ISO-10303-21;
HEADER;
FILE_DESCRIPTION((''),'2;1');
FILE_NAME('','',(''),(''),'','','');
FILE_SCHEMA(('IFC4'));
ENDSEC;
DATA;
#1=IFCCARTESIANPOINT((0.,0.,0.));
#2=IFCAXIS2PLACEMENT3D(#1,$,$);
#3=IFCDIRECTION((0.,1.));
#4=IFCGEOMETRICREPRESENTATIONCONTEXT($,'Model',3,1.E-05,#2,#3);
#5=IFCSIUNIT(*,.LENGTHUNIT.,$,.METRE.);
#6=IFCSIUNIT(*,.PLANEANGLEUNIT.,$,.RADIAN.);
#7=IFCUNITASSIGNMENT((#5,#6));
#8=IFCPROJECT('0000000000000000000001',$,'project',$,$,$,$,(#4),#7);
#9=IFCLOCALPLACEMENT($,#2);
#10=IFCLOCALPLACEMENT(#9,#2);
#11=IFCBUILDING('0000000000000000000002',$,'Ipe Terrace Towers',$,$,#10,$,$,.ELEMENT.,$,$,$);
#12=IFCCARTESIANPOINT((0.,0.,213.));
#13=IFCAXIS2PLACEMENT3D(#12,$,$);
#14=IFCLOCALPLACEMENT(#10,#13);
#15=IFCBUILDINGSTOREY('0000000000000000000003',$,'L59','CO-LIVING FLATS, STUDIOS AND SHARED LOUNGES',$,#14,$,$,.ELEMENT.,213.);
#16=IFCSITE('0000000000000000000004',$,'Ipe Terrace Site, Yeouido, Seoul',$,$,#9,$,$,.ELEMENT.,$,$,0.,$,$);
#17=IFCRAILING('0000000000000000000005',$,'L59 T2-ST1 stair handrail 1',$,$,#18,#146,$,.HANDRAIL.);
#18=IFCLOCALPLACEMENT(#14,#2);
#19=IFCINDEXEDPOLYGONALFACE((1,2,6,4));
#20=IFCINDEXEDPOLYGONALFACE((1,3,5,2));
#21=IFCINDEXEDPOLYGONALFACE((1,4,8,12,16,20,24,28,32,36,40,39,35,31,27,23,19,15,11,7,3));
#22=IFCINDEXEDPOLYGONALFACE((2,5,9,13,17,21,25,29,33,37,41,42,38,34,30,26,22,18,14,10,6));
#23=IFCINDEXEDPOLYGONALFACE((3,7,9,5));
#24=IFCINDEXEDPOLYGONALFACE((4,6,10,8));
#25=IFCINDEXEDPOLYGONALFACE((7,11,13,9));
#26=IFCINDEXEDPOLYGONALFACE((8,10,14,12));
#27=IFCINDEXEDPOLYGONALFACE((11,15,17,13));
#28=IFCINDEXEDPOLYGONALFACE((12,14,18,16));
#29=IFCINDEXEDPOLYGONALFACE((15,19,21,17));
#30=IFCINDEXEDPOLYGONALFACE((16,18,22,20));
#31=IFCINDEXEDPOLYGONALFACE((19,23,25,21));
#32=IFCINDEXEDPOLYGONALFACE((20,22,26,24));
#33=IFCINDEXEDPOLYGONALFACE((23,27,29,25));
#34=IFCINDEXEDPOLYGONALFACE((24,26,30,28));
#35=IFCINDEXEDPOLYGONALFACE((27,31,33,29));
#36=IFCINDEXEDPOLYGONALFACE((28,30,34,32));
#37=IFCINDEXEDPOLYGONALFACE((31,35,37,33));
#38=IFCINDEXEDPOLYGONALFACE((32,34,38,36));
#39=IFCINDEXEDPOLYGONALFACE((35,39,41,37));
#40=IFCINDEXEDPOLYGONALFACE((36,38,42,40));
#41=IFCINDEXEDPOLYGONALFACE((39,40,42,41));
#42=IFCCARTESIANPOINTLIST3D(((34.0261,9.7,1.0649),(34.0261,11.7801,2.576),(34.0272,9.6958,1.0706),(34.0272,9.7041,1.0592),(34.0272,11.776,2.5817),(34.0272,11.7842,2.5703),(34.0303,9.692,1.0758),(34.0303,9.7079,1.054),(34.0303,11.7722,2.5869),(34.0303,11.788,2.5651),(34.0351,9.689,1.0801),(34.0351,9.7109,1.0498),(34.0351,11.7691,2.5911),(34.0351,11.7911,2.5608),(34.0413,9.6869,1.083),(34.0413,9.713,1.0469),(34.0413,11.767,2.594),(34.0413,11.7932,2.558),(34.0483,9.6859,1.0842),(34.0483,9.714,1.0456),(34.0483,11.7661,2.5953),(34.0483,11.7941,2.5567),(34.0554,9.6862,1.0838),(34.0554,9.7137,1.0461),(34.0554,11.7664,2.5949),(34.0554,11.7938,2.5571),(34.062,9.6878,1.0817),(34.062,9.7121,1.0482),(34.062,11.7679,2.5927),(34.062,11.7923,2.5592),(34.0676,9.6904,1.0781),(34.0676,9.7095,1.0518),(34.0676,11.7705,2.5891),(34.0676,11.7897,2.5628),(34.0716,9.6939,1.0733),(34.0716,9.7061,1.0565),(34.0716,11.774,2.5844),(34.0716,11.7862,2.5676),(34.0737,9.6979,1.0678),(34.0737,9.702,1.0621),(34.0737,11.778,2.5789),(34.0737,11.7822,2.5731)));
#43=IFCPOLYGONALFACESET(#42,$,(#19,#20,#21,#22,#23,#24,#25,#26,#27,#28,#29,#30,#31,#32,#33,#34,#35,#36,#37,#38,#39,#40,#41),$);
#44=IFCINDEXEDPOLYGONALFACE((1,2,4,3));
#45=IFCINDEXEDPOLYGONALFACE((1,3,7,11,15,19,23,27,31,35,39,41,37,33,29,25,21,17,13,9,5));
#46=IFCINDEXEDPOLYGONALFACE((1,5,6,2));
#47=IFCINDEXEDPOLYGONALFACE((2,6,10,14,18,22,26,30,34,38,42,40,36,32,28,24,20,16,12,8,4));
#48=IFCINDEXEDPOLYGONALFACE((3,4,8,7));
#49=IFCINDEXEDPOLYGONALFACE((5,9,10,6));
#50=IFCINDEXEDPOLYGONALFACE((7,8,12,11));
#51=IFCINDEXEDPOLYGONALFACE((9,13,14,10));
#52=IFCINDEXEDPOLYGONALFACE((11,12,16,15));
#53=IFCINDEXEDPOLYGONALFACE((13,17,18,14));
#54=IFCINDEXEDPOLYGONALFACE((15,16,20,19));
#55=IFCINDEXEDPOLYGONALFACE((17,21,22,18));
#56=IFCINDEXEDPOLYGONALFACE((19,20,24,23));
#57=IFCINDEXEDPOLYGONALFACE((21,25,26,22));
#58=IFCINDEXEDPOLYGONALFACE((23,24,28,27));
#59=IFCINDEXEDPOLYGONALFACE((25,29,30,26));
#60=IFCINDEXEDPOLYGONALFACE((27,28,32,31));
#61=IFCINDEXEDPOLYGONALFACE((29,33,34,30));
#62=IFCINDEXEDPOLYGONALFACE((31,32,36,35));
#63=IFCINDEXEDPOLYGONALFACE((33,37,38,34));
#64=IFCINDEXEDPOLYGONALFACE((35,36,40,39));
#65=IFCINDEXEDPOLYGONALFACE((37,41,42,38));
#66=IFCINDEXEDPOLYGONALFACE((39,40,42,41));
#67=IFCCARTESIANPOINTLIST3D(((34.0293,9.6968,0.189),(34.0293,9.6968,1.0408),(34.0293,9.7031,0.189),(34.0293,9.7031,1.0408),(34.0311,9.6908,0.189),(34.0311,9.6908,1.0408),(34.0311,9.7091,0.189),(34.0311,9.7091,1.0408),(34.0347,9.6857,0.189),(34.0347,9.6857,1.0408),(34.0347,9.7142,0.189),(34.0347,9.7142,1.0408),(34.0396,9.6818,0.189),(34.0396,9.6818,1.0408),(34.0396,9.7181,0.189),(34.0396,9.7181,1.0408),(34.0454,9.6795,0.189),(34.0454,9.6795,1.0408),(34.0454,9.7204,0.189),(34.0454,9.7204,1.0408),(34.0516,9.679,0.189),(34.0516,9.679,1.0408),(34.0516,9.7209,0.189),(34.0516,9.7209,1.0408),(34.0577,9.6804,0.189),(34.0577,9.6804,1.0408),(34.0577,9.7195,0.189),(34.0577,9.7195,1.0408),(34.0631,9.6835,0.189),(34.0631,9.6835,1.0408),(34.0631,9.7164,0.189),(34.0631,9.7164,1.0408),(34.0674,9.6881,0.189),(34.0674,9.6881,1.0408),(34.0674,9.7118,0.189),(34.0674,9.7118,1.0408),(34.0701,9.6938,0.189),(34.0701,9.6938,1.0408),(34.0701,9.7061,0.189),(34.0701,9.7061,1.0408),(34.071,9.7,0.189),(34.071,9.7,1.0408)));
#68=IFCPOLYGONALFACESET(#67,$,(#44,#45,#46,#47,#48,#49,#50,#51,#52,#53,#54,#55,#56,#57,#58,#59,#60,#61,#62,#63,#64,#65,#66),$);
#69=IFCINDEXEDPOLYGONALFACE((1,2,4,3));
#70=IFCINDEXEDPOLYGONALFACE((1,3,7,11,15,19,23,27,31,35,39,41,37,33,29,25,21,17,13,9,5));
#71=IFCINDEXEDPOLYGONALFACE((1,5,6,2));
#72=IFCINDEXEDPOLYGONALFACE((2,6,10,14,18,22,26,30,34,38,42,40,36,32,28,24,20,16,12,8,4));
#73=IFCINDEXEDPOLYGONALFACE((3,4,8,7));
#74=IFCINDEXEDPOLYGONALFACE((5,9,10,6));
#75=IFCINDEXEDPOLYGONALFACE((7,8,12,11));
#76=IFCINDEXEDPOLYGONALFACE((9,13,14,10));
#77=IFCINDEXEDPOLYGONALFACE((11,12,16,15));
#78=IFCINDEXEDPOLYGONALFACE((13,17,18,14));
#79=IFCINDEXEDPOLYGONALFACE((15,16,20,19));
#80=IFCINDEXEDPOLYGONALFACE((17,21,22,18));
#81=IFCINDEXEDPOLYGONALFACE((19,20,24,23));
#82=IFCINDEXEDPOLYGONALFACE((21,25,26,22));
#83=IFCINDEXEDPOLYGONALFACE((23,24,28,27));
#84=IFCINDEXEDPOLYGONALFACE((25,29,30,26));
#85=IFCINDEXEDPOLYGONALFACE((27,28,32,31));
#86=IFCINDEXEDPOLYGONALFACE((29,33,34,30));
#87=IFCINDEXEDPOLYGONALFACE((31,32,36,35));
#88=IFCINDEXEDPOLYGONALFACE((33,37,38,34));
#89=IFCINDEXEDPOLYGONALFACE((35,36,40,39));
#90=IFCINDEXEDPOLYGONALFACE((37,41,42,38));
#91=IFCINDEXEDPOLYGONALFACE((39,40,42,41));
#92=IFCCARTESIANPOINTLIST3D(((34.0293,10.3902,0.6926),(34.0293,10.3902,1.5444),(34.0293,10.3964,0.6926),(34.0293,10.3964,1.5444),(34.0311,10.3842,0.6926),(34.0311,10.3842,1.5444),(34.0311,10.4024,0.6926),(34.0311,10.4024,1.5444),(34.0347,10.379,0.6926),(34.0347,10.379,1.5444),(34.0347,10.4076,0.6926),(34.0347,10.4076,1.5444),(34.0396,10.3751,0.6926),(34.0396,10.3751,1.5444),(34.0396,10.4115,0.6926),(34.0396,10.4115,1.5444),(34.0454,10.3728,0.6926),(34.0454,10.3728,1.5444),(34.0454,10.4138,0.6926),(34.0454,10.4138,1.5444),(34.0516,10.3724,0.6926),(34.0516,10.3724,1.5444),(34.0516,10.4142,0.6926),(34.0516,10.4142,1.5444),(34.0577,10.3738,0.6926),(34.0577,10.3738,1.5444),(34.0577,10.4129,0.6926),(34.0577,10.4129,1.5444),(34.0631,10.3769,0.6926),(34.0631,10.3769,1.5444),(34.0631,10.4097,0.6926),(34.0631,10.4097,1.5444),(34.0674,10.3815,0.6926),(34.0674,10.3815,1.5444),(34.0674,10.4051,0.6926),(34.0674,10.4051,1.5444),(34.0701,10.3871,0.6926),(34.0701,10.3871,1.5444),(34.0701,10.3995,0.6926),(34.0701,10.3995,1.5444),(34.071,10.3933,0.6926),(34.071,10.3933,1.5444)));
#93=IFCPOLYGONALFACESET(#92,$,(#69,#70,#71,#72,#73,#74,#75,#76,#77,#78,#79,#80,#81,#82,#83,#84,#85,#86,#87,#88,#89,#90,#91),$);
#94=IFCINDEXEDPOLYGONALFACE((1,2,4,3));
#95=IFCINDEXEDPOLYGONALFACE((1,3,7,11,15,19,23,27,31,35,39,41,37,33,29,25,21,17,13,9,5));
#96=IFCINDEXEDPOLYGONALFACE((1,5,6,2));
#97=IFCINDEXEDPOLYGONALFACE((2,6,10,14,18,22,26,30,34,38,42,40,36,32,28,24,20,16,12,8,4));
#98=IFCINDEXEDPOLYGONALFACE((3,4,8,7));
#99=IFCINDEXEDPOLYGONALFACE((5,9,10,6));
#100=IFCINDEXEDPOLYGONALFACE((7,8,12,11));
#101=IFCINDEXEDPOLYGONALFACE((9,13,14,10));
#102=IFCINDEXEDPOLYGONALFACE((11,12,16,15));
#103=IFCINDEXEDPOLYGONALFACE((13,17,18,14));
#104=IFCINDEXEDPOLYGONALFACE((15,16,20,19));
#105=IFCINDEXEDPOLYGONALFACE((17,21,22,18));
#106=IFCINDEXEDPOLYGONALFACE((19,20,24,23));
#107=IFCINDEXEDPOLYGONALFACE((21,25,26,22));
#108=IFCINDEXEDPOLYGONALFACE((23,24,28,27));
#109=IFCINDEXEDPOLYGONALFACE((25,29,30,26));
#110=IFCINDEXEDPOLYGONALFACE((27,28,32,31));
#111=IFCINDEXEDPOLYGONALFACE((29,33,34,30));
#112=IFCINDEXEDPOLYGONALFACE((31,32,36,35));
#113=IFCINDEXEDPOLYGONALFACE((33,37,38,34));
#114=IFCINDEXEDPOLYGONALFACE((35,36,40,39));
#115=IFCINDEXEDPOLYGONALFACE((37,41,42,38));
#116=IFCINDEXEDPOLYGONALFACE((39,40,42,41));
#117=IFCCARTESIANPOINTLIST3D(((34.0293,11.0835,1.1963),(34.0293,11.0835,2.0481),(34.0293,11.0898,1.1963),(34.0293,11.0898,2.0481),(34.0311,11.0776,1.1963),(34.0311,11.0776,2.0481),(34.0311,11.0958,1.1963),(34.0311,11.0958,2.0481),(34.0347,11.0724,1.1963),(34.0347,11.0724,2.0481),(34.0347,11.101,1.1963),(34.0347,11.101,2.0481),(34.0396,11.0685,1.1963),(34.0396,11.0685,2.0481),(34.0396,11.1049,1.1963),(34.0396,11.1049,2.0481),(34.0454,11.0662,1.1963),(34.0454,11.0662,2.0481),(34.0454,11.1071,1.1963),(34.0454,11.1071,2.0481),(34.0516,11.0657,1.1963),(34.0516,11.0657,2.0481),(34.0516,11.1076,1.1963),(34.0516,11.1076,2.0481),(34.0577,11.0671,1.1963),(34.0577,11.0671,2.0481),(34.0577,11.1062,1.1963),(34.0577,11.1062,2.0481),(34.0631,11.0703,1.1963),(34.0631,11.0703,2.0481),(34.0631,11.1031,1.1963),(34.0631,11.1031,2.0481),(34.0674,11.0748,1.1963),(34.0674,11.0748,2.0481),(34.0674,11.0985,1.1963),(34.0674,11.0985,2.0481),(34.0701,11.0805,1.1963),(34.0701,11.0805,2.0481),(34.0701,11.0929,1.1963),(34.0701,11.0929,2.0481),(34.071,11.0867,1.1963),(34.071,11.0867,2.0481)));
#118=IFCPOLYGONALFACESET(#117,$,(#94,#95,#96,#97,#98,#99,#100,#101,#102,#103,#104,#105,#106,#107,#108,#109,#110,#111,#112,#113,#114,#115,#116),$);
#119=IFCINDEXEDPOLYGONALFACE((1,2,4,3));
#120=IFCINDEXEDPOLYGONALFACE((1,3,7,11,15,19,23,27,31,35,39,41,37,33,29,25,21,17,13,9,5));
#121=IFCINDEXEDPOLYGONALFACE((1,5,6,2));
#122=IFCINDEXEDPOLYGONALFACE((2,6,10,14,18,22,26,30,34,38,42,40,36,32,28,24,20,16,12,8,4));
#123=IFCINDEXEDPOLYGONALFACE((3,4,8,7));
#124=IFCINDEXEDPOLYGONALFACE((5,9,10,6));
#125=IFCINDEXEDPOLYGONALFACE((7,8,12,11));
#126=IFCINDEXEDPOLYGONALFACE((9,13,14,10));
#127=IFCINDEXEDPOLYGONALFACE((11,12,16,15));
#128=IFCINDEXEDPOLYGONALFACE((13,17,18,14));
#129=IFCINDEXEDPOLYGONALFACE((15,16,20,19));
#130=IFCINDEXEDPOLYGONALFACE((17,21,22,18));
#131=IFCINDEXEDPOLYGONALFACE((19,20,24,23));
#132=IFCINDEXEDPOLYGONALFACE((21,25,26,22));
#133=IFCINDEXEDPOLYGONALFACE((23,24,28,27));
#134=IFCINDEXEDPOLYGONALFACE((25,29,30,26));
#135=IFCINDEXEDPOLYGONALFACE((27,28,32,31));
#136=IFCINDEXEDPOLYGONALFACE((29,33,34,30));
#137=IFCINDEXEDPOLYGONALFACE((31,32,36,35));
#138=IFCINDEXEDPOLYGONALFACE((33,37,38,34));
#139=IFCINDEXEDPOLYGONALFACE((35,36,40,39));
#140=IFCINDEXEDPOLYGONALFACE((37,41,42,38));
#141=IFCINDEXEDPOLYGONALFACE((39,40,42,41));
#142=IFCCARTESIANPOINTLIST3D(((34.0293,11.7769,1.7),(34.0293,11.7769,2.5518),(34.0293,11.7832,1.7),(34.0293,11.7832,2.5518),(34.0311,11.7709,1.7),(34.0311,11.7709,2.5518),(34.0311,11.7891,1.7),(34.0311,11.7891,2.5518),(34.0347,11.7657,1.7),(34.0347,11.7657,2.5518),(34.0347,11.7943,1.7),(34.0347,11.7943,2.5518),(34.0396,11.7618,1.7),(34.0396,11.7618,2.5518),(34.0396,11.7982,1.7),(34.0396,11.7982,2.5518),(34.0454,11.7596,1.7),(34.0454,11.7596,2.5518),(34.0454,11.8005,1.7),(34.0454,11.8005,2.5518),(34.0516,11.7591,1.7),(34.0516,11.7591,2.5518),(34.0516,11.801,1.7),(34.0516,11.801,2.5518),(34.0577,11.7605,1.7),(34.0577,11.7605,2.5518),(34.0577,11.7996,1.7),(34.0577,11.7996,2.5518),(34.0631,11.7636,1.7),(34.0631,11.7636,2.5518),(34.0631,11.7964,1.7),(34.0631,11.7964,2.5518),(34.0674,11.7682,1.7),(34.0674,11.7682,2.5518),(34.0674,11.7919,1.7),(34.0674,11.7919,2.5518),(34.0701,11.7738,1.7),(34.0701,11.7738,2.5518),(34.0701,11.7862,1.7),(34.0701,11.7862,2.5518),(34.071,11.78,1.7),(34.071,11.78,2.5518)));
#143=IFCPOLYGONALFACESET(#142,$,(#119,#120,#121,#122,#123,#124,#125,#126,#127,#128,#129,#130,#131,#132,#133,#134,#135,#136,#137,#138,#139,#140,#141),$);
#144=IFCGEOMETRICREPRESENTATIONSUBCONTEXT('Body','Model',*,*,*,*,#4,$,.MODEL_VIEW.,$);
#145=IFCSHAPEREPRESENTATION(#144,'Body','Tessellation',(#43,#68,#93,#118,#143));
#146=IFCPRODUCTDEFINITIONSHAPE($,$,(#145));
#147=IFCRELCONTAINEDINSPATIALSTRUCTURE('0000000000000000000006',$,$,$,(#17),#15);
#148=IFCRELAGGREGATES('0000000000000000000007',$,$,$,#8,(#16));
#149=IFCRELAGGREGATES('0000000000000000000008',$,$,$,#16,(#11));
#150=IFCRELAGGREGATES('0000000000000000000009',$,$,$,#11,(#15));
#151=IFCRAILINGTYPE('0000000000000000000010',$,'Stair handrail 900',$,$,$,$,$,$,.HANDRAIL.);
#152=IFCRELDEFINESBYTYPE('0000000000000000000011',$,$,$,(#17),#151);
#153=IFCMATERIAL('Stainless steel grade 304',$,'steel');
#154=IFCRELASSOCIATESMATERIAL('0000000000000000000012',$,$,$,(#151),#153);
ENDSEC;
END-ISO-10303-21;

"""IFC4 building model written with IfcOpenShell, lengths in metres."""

from ifc_helpers import new_model, si_unit, direction, frame, origin, origin_2d, place, context, subcontext, project, spatial, circle, extrude, material, type_object, element, save


model = new_model("IFC4")

# Units and contexts
model_context = context("Model", 3, precision=1e-05, world=origin(), true_north=direction((0.0, 1.0)))
body_context = subcontext(model_context, "Body", "Model", "MODEL_VIEW")
ifc_project = project(units=[si_unit("LENGTHUNIT", "METRE"), si_unit("PLANEANGLEUNIT", "RADIAN")], contexts=[model_context])

# Site, building, storey
site_placement = place(None, origin())
site = spatial("IfcSite", under=ifc_project, at=site_placement, Name="Ipe Terrace Site, Yeouido, Seoul", CompositionType="ELEMENT", RefElevation=0.0)
building_placement = place(site_placement, origin())
building = spatial("IfcBuilding", under=site, at=building_placement, Name="Ipe Terrace Towers", CompositionType="ELEMENT")
storey_placement = place(building_placement, frame((0.0, 0.0, 213.0)))
storey = spatial("IfcBuildingStorey", under=building, at=storey_placement, Name="L59", Description="CO-LIVING FLATS, STUDIOS AND SHARED LOUNGES", CompositionType="ELEMENT", Elevation=213.0)

# Railing
ifc_material_1 = material(Name="Stainless steel grade 304", Category="steel")
railing_type_1 = type_object("IfcRailingType", Name="Stair handrail 900", PredefinedType="HANDRAIL", material=ifc_material_1)
railing_1_placement = place(storey_placement, frame((34.05, 9.7, 0.189)))
element("IfcRailing", 1, at=railing_1_placement, inside=storey, type_object=railing_type_1, Name="L59 T2-ST1 stair handrail 1", PredefinedType="HANDRAIL", context=body_context, shape_type="SweptSolid", body=[
    extrude(circle(Radius=0.0239, at=origin_2d()), frame((0.0, 0.0, 0.876), z_axis=(0.0, 0.809069, 0.587714), x_axis=(-1.0, 0.0, 0.0)), (0.0, 0.0, 1.0), 2.571),
    extrude(circle(Radius=0.021, at=origin_2d()), origin(), (0.0, 0.0, 1.0), 0.8518),
    extrude(circle(Radius=0.021, at=origin_2d()), frame((0.0, 0.6934, 0.5037)), (0.0, 0.0, 1.0), 0.8518),
    extrude(circle(Radius=0.021, at=origin_2d()), frame((0.0, 1.3867, 1.0073)), (0.0, 0.0, 1.0), 0.8518),
    extrude(circle(Radius=0.021, at=origin_2d()), frame((0.0, 2.0801, 1.511)), (0.0, 0.0, 1.0), 0.8518),
])

save(model, "model.ifc")
